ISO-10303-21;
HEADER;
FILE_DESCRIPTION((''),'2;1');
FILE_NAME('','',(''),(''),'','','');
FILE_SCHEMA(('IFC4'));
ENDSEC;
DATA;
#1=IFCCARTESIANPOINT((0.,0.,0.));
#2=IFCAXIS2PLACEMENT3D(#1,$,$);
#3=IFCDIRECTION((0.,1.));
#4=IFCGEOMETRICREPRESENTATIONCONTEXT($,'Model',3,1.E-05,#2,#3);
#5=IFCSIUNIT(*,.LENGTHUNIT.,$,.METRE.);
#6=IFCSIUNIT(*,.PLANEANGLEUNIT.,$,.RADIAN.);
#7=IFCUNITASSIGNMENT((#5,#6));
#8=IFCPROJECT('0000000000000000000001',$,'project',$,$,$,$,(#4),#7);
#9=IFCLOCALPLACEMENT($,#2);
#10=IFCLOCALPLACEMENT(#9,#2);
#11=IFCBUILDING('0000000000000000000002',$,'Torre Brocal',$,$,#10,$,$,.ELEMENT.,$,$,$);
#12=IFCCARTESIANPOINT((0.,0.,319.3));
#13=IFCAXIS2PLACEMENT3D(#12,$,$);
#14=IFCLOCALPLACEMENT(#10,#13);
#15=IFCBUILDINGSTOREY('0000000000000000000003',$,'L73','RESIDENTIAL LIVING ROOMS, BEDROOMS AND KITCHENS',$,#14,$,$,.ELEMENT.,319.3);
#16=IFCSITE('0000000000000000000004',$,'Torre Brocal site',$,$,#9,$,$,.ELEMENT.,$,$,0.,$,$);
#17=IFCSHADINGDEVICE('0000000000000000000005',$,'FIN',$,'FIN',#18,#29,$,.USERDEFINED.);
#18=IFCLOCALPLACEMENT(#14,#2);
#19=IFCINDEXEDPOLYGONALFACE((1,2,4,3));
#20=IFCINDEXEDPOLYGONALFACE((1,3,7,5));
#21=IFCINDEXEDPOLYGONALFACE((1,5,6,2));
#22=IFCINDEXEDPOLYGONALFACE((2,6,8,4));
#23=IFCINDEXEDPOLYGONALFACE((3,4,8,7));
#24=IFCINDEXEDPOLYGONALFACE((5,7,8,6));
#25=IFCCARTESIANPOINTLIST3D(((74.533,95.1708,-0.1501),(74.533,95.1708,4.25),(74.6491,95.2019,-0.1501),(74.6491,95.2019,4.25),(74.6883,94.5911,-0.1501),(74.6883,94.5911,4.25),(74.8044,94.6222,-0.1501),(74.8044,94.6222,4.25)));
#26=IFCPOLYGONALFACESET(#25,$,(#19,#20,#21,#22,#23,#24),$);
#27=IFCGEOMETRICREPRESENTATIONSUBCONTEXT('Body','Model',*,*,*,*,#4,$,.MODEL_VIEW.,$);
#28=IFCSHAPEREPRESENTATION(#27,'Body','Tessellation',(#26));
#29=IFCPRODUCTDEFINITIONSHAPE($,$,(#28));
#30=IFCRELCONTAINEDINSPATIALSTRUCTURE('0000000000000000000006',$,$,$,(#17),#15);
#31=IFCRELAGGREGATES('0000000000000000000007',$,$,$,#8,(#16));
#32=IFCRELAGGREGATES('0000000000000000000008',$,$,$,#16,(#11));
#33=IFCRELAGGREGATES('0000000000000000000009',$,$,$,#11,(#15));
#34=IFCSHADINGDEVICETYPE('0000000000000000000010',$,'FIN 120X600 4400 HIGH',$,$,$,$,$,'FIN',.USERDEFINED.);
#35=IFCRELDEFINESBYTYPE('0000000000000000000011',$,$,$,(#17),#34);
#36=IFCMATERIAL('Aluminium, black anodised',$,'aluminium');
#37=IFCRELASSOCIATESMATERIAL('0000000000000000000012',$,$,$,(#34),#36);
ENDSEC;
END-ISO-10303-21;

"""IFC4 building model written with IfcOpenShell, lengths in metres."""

from ifc_helpers import new_model, si_unit, direction, frame, origin, origin_2d, place, context, subcontext, project, spatial, rectangle, extrude, material, material_profile, profile_set, type_object, element, save


model = new_model("IFC4")

# Units and contexts
model_context = context("Model", 3, precision=1e-05, world=origin(), true_north=direction((0.0, 1.0)))
body_context = subcontext(model_context, "Body", "Model", "MODEL_VIEW")
ifc_project = project(units=[si_unit("LENGTHUNIT", "METRE"), si_unit("PLANEANGLEUNIT", "RADIAN")], contexts=[model_context])

# Site, building, storey
site_placement = place(None, origin())
site = spatial("IfcSite", under=ifc_project, at=site_placement, Name="Torre Brocal site", CompositionType="ELEMENT", RefElevation=0.0)
building_placement = place(site_placement, origin())
building = spatial("IfcBuilding", under=site, at=building_placement, Name="Torre Brocal", CompositionType="ELEMENT")
storey_placement = place(building_placement, frame((0.0, 0.0, 319.3)))
storey = spatial("IfcBuildingStorey", under=building, at=storey_placement, Name="L73", Description="RESIDENTIAL LIVING ROOMS, BEDROOMS AND KITCHENS", CompositionType="ELEMENT", Elevation=319.3)

# Shading device
ifc_material_1 = material(Name="Aluminium, black anodised", Category="aluminium")
ifc_material_profile_1 = material_profile(ifc_material_1, rectangle(XDim=0.1201, YDim=0.6001, at=origin_2d()), Name="FIN 120X600 4400 HIGH")
ifc_profile_set_1 = profile_set([ifc_material_profile_1], Name="Aluminium, black anodised")
shading_device_type = type_object("IfcShadingDeviceType", Name="FIN 120X600 4400 HIGH", ElementType="FIN", PredefinedType="USERDEFINED", material=ifc_profile_set_1)
shading_device_placement = place(storey_placement, frame((74.6687, 94.8965, -0.1501), z_axis=(0.0, 0.0, 1.0), x_axis=(-0.965926, -0.258819, 0.0)))
element("IfcShadingDevice", 1, at=shading_device_placement, inside=storey, type_object=shading_device_type, Name="FIN", ObjectType="FIN", PredefinedType="USERDEFINED", context=body_context, shape_type="SweptSolid", body=[
    extrude(rectangle(XDim=0.1201, YDim=0.6001, at=origin_2d()), origin(), (0.0, 0.0, 1.0), 4.4001),
])

save(model, "model.ifc")
